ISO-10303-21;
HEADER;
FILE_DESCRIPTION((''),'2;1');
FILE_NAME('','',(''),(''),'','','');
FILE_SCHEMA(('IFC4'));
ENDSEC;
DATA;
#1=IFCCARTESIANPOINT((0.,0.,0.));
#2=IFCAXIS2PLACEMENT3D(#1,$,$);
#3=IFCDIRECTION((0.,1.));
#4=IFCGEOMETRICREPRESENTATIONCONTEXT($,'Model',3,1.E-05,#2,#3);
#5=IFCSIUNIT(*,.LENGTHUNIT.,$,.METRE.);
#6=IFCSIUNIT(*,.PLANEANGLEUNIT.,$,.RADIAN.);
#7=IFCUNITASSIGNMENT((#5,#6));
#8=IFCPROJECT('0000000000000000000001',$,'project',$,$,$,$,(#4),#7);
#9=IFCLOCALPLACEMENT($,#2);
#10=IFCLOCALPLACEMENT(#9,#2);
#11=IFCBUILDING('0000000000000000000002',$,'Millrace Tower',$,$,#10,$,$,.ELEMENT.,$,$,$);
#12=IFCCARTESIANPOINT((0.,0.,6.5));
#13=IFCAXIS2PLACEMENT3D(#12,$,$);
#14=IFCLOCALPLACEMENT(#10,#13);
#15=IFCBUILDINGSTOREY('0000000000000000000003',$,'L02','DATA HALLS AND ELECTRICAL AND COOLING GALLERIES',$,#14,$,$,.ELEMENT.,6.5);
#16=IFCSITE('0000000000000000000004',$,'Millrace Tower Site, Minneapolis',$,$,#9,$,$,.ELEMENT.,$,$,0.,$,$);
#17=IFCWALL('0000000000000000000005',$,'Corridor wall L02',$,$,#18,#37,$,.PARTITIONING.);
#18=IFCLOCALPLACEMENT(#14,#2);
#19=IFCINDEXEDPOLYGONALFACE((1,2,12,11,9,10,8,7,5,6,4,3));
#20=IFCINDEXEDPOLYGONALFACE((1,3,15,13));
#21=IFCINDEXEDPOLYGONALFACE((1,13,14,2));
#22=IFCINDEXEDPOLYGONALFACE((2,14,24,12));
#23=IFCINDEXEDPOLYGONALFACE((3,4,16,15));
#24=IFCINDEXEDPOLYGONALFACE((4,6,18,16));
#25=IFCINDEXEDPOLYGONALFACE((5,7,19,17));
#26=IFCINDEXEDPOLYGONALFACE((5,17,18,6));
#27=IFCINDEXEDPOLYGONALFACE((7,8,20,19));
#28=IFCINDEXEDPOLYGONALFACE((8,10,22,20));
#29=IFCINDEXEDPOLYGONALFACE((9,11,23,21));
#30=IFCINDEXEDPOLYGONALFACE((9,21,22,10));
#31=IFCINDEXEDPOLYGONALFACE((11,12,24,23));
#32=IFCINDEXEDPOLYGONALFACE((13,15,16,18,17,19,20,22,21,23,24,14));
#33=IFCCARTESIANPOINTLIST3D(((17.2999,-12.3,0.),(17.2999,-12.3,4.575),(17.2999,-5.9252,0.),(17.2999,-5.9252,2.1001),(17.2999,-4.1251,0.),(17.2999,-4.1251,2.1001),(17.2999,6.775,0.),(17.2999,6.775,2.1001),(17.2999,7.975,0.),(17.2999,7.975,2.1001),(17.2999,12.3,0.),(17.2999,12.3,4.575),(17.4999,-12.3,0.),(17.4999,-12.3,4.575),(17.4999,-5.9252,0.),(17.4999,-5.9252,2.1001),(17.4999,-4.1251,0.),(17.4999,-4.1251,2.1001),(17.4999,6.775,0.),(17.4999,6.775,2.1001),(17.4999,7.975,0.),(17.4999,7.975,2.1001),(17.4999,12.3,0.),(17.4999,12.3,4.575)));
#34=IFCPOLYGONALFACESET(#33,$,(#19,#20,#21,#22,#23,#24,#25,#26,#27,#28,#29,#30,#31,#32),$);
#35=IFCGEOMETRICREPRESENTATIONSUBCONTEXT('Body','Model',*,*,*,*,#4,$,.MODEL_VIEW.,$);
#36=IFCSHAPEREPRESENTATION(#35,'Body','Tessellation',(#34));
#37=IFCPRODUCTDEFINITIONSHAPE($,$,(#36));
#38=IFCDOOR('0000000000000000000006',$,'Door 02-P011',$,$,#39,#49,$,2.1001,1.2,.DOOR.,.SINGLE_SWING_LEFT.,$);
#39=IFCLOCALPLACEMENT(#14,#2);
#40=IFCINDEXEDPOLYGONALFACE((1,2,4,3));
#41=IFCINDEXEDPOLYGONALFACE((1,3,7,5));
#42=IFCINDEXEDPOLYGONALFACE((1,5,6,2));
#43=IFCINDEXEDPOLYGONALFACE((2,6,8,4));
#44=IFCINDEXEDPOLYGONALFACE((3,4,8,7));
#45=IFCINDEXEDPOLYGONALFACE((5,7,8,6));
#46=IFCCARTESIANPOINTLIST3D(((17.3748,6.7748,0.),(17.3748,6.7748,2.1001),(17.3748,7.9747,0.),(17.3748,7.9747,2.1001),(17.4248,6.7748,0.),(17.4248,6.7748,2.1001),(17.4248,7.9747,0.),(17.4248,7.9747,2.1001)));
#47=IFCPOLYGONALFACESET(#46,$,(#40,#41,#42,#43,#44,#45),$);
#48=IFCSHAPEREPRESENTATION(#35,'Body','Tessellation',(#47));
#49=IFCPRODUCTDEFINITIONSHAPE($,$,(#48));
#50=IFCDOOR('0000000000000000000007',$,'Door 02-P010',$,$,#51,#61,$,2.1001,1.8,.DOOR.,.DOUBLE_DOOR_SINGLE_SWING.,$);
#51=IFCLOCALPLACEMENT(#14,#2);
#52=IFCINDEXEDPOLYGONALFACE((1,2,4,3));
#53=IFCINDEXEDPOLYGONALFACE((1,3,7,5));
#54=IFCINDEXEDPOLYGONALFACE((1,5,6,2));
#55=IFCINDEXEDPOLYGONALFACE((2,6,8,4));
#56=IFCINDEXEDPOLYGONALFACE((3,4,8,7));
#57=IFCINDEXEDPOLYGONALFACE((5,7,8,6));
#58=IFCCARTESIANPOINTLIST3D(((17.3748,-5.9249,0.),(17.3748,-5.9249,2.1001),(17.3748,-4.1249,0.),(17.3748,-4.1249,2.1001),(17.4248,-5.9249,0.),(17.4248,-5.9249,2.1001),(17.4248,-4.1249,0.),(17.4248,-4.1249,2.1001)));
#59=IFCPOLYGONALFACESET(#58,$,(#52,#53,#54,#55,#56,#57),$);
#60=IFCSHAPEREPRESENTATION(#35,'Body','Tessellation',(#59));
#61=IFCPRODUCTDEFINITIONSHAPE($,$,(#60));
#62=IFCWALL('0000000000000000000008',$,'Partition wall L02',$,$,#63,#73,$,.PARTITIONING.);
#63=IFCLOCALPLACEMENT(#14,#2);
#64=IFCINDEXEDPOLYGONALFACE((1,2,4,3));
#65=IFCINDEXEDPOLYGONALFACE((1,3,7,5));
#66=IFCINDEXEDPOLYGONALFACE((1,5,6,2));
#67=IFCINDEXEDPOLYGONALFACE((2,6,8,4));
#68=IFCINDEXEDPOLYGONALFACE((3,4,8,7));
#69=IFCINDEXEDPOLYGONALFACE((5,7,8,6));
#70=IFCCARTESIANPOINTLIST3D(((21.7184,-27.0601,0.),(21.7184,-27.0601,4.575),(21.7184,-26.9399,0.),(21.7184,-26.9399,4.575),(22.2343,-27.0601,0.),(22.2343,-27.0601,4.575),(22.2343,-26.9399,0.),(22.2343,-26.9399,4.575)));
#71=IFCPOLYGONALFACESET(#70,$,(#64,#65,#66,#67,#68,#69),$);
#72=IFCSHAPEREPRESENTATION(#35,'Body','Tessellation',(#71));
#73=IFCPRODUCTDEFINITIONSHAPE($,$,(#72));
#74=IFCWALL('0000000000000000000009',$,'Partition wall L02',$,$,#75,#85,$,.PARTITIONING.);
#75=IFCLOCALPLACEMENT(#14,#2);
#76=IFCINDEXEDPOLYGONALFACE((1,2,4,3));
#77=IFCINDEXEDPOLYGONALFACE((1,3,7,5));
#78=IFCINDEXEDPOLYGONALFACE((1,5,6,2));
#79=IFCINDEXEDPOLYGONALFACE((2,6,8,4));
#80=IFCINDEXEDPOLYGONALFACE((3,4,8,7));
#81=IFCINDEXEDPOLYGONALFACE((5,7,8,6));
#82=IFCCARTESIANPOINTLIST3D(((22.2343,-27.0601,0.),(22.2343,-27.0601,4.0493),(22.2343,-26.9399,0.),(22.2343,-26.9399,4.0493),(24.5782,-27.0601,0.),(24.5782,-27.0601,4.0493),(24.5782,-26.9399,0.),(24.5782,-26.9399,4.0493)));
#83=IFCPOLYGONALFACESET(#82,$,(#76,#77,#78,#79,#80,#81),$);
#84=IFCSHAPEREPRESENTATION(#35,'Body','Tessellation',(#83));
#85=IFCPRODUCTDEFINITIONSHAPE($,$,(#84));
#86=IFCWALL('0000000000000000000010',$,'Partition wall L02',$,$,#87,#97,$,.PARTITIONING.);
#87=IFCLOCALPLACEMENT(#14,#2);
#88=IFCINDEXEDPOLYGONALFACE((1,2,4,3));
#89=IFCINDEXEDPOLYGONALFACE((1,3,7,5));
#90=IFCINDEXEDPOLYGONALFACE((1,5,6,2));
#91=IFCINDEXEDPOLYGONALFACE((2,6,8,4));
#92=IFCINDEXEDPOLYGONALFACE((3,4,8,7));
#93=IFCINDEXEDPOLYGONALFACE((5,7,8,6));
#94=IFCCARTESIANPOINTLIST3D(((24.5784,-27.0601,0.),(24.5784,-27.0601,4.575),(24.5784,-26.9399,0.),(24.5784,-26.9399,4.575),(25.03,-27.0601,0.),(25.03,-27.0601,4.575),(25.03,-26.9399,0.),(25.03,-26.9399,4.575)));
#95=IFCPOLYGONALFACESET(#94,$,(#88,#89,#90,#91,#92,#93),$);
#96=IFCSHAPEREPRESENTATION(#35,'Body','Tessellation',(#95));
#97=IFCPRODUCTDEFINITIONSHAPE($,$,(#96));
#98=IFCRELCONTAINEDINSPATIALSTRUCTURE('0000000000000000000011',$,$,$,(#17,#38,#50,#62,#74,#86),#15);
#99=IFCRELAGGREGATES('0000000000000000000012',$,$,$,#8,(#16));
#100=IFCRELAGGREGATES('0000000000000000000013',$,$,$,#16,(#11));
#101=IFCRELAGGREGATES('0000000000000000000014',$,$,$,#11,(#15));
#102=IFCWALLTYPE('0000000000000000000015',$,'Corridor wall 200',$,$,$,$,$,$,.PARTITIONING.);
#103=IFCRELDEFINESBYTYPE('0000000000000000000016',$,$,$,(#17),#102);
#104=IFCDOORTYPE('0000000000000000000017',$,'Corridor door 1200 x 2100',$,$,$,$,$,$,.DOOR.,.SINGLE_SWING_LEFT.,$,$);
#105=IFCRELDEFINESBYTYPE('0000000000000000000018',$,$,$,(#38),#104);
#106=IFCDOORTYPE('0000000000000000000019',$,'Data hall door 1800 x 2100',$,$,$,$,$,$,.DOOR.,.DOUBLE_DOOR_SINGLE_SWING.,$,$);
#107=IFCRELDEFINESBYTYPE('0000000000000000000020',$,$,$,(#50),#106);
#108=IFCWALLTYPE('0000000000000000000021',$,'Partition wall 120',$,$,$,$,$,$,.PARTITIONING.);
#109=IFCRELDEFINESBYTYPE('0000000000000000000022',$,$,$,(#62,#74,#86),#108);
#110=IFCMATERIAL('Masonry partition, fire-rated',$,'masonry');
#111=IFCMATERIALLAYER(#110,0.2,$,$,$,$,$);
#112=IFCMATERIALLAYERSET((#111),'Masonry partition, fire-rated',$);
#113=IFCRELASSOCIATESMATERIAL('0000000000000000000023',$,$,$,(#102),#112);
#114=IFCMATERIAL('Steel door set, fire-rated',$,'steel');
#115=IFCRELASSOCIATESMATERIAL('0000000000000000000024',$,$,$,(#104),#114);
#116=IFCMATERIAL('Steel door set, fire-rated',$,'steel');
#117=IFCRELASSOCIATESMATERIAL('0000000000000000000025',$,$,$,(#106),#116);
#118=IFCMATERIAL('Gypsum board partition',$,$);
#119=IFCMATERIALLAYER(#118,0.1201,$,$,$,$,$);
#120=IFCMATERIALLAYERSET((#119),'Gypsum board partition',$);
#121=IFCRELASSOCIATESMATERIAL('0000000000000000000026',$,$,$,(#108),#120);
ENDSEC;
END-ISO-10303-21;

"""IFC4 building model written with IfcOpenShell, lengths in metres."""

from ifc_helpers import new_model, si_unit, direction, frame, frame_2d, origin, place, context, subcontext, project, spatial, rectangle, extrude, material, layer, layer_set, type_object, element, fill, save


model = new_model("IFC4")

# Units and contexts
model_context = context("Model", 3, precision=1e-05, world=origin(), true_north=direction((0.0, 1.0)))
body_context = subcontext(model_context, "Body", "Model", "MODEL_VIEW")
ifc_project = project(units=[si_unit("LENGTHUNIT", "METRE"), si_unit("PLANEANGLEUNIT", "RADIAN")], contexts=[model_context])

# Site, building, storey
site_placement = place(None, origin())
site = spatial("IfcSite", under=ifc_project, at=site_placement, Name="Millrace Tower Site, Minneapolis", CompositionType="ELEMENT", RefElevation=0.0)
building_placement = place(site_placement, origin())
building = spatial("IfcBuilding", under=site, at=building_placement, Name="Millrace Tower", CompositionType="ELEMENT")
storey_placement = place(building_placement, frame((0.0, 0.0, 6.5)))
storey = spatial("IfcBuildingStorey", under=building, at=storey_placement, Name="L02", Description="DATA HALLS AND ELECTRICAL AND COOLING GALLERIES", CompositionType="ELEMENT", Elevation=6.5)

# Wall, openings, doors
ifc_material_1 = material(Name="Masonry partition, fire-rated", Category="masonry")
ifc_layer_1 = layer(ifc_material_1, 0.2)
ifc_layer_set_1 = layer_set([ifc_layer_1], Name="Masonry partition, fire-rated")
wall_type_1 = type_object("IfcWallType", Name="Corridor wall 200", PredefinedType="PARTITIONING", material=ifc_layer_set_1)
wall_1_placement = place(storey_placement, frame((17.3999, -12.3, 0.0), z_axis=(0.0, 0.0, 1.0), x_axis=(0.0, 1.0, 0.0)))
wall_1 = element("IfcWall", 1, at=wall_1_placement, inside=storey, type_object=wall_type_1, Name="Corridor wall L02", PredefinedType="PARTITIONING", context=body_context, shape_type="SweptSolid", body=[
    extrude(rectangle(XDim=24.6001, YDim=0.2, at=frame_2d((12.3, 0.0))), origin(), (0.0, 0.0, 1.0), 4.575),
])
opening_1_placement = place(wall_1_placement, frame((6.375, 0.0, 0.0)))
opening_1 = element("IfcOpeningElement", 2, at=opening_1_placement, cuts=wall_1, PredefinedType="OPENING", context=body_context, shape_type="SweptSolid", body=[
    extrude(rectangle(XDim=1.8, YDim=2.1001, at=frame_2d((0.8999, 1.05))), frame((0.0, 0.1099, 0.0), z_axis=(0.0, -1.0, 0.0), x_axis=(1.0, 0.0, 0.0)), (0.0, 0.0, 1.0), 0.22),
])
opening_2_placement = place(wall_1_placement, frame((19.075, 0.0, 0.0)))
opening_2 = element("IfcOpeningElement", 3, at=opening_2_placement, cuts=wall_1, PredefinedType="OPENING", context=body_context, shape_type="SweptSolid", body=[
    extrude(rectangle(XDim=1.2, YDim=2.1001, at=frame_2d((0.6001, 1.05))), frame((0.0, 0.1099, 0.0), z_axis=(0.0, -1.0, 0.0), x_axis=(1.0, 0.0, 0.0)), (0.0, 0.0, 1.0), 0.22),
])
ifc_material_2 = material(Name="Steel door set, fire-rated", Category="steel")
door_type_1 = type_object("IfcDoorType", Name="Corridor door 1200 x 2100", OperationType="SINGLE_SWING_LEFT", PredefinedType="DOOR", material=ifc_material_2)
door_1_placement = place(opening_2_placement, frame((1.2, 0.0, 0.0), z_axis=(0.0, 0.0, 1.0), x_axis=(-1.0, 0.0, 0.0)))
door_1 = element("IfcDoor", 4, at=door_1_placement, inside=storey, type_object=door_type_1, Name="Door 02-P011", OperationType="SINGLE_SWING_LEFT", OverallHeight=2.1001, OverallWidth=1.2, PredefinedType="DOOR", context=body_context, shape_type="SweptSolid", body=[
    extrude(rectangle(XDim=1.2, YDim=2.1001, at=frame_2d((0.6001, 1.05))), frame((0.0, 0.0249, 0.0), z_axis=(0.0, -1.0, 0.0), x_axis=(1.0, 0.0, 0.0)), (0.0, 0.0, 1.0), 0.05),
])
fill(opening_2, door_1)
ifc_material_3 = material(Name="Steel door set, fire-rated", Category="steel")
door_type_2 = type_object("IfcDoorType", Name="Data hall door 1800 x 2100", OperationType="DOUBLE_DOOR_SINGLE_SWING", PredefinedType="DOOR", material=ifc_material_3)
door_2_placement = place(opening_1_placement, frame((1.8, 0.0, 0.0), z_axis=(0.0, 0.0, 1.0), x_axis=(-1.0, 0.0, 0.0)))
door_2 = element("IfcDoor", 5, at=door_2_placement, inside=storey, type_object=door_type_2, Name="Door 02-P010", OperationType="DOUBLE_DOOR_SINGLE_SWING", OverallHeight=2.1001, OverallWidth=1.8, PredefinedType="DOOR", context=body_context, shape_type="SweptSolid", body=[
    extrude(rectangle(XDim=1.8, YDim=2.1001, at=frame_2d((0.8999, 1.05))), frame((0.0, 0.0249, 0.0), z_axis=(0.0, -1.0, 0.0), x_axis=(1.0, 0.0, 0.0)), (0.0, 0.0, 1.0), 0.05),
])
fill(opening_1, door_2)

# Walls
ifc_material_4 = material(Name="Gypsum board partition")
ifc_layer_2 = layer(ifc_material_4, 0.1201)
ifc_layer_set_2 = layer_set([ifc_layer_2], Name="Gypsum board partition")
wall_type_2 = type_object("IfcWallType", Name="Partition wall 120", PredefinedType="PARTITIONING", material=ifc_layer_set_2)
wall_2_placement = place(storey_placement, frame((21.7185, -27.0, 0.0), z_axis=(0.0, 0.0, 1.0), x_axis=(1.0, 0.0, 0.0)))
element("IfcWall", 6, at=wall_2_placement, inside=storey, type_object=wall_type_2, Name="Partition wall L02", PredefinedType="PARTITIONING", context=body_context, shape_type="SweptSolid", body=[
    extrude(rectangle(XDim=0.5159, YDim=0.1201, at=frame_2d((0.2578, 0.0))), origin(), (0.0, 0.0, 1.0), 4.575),
])
wall_3_placement = place(storey_placement, frame((22.2344, -27.0, 0.0), z_axis=(0.0, 0.0, 1.0), x_axis=(1.0, 0.0, 0.0)))
element("IfcWall", 7, at=wall_3_placement, inside=storey, type_object=wall_type_2, Name="Partition wall L02", PredefinedType="PARTITIONING", context=body_context, shape_type="SweptSolid", body=[
    extrude(rectangle(XDim=2.344, YDim=0.1201, at=frame_2d((1.1719, 0.0))), origin(), (0.0, 0.0, 1.0), 4.0493),
])
wall_4_placement = place(storey_placement, frame((24.5784, -27.0, 0.0), z_axis=(0.0, 0.0, 1.0), x_axis=(1.0, 0.0, 0.0)))
element("IfcWall", 8, at=wall_4_placement, inside=storey, type_object=wall_type_2, Name="Partition wall L02", PredefinedType="PARTITIONING", context=body_context, shape_type="SweptSolid", body=[
    extrude(rectangle(XDim=0.4517, YDim=0.1201, at=frame_2d((0.2258, 0.0))), origin(), (0.0, 0.0, 1.0), 4.575),
])

save(model, "model.ifc")
